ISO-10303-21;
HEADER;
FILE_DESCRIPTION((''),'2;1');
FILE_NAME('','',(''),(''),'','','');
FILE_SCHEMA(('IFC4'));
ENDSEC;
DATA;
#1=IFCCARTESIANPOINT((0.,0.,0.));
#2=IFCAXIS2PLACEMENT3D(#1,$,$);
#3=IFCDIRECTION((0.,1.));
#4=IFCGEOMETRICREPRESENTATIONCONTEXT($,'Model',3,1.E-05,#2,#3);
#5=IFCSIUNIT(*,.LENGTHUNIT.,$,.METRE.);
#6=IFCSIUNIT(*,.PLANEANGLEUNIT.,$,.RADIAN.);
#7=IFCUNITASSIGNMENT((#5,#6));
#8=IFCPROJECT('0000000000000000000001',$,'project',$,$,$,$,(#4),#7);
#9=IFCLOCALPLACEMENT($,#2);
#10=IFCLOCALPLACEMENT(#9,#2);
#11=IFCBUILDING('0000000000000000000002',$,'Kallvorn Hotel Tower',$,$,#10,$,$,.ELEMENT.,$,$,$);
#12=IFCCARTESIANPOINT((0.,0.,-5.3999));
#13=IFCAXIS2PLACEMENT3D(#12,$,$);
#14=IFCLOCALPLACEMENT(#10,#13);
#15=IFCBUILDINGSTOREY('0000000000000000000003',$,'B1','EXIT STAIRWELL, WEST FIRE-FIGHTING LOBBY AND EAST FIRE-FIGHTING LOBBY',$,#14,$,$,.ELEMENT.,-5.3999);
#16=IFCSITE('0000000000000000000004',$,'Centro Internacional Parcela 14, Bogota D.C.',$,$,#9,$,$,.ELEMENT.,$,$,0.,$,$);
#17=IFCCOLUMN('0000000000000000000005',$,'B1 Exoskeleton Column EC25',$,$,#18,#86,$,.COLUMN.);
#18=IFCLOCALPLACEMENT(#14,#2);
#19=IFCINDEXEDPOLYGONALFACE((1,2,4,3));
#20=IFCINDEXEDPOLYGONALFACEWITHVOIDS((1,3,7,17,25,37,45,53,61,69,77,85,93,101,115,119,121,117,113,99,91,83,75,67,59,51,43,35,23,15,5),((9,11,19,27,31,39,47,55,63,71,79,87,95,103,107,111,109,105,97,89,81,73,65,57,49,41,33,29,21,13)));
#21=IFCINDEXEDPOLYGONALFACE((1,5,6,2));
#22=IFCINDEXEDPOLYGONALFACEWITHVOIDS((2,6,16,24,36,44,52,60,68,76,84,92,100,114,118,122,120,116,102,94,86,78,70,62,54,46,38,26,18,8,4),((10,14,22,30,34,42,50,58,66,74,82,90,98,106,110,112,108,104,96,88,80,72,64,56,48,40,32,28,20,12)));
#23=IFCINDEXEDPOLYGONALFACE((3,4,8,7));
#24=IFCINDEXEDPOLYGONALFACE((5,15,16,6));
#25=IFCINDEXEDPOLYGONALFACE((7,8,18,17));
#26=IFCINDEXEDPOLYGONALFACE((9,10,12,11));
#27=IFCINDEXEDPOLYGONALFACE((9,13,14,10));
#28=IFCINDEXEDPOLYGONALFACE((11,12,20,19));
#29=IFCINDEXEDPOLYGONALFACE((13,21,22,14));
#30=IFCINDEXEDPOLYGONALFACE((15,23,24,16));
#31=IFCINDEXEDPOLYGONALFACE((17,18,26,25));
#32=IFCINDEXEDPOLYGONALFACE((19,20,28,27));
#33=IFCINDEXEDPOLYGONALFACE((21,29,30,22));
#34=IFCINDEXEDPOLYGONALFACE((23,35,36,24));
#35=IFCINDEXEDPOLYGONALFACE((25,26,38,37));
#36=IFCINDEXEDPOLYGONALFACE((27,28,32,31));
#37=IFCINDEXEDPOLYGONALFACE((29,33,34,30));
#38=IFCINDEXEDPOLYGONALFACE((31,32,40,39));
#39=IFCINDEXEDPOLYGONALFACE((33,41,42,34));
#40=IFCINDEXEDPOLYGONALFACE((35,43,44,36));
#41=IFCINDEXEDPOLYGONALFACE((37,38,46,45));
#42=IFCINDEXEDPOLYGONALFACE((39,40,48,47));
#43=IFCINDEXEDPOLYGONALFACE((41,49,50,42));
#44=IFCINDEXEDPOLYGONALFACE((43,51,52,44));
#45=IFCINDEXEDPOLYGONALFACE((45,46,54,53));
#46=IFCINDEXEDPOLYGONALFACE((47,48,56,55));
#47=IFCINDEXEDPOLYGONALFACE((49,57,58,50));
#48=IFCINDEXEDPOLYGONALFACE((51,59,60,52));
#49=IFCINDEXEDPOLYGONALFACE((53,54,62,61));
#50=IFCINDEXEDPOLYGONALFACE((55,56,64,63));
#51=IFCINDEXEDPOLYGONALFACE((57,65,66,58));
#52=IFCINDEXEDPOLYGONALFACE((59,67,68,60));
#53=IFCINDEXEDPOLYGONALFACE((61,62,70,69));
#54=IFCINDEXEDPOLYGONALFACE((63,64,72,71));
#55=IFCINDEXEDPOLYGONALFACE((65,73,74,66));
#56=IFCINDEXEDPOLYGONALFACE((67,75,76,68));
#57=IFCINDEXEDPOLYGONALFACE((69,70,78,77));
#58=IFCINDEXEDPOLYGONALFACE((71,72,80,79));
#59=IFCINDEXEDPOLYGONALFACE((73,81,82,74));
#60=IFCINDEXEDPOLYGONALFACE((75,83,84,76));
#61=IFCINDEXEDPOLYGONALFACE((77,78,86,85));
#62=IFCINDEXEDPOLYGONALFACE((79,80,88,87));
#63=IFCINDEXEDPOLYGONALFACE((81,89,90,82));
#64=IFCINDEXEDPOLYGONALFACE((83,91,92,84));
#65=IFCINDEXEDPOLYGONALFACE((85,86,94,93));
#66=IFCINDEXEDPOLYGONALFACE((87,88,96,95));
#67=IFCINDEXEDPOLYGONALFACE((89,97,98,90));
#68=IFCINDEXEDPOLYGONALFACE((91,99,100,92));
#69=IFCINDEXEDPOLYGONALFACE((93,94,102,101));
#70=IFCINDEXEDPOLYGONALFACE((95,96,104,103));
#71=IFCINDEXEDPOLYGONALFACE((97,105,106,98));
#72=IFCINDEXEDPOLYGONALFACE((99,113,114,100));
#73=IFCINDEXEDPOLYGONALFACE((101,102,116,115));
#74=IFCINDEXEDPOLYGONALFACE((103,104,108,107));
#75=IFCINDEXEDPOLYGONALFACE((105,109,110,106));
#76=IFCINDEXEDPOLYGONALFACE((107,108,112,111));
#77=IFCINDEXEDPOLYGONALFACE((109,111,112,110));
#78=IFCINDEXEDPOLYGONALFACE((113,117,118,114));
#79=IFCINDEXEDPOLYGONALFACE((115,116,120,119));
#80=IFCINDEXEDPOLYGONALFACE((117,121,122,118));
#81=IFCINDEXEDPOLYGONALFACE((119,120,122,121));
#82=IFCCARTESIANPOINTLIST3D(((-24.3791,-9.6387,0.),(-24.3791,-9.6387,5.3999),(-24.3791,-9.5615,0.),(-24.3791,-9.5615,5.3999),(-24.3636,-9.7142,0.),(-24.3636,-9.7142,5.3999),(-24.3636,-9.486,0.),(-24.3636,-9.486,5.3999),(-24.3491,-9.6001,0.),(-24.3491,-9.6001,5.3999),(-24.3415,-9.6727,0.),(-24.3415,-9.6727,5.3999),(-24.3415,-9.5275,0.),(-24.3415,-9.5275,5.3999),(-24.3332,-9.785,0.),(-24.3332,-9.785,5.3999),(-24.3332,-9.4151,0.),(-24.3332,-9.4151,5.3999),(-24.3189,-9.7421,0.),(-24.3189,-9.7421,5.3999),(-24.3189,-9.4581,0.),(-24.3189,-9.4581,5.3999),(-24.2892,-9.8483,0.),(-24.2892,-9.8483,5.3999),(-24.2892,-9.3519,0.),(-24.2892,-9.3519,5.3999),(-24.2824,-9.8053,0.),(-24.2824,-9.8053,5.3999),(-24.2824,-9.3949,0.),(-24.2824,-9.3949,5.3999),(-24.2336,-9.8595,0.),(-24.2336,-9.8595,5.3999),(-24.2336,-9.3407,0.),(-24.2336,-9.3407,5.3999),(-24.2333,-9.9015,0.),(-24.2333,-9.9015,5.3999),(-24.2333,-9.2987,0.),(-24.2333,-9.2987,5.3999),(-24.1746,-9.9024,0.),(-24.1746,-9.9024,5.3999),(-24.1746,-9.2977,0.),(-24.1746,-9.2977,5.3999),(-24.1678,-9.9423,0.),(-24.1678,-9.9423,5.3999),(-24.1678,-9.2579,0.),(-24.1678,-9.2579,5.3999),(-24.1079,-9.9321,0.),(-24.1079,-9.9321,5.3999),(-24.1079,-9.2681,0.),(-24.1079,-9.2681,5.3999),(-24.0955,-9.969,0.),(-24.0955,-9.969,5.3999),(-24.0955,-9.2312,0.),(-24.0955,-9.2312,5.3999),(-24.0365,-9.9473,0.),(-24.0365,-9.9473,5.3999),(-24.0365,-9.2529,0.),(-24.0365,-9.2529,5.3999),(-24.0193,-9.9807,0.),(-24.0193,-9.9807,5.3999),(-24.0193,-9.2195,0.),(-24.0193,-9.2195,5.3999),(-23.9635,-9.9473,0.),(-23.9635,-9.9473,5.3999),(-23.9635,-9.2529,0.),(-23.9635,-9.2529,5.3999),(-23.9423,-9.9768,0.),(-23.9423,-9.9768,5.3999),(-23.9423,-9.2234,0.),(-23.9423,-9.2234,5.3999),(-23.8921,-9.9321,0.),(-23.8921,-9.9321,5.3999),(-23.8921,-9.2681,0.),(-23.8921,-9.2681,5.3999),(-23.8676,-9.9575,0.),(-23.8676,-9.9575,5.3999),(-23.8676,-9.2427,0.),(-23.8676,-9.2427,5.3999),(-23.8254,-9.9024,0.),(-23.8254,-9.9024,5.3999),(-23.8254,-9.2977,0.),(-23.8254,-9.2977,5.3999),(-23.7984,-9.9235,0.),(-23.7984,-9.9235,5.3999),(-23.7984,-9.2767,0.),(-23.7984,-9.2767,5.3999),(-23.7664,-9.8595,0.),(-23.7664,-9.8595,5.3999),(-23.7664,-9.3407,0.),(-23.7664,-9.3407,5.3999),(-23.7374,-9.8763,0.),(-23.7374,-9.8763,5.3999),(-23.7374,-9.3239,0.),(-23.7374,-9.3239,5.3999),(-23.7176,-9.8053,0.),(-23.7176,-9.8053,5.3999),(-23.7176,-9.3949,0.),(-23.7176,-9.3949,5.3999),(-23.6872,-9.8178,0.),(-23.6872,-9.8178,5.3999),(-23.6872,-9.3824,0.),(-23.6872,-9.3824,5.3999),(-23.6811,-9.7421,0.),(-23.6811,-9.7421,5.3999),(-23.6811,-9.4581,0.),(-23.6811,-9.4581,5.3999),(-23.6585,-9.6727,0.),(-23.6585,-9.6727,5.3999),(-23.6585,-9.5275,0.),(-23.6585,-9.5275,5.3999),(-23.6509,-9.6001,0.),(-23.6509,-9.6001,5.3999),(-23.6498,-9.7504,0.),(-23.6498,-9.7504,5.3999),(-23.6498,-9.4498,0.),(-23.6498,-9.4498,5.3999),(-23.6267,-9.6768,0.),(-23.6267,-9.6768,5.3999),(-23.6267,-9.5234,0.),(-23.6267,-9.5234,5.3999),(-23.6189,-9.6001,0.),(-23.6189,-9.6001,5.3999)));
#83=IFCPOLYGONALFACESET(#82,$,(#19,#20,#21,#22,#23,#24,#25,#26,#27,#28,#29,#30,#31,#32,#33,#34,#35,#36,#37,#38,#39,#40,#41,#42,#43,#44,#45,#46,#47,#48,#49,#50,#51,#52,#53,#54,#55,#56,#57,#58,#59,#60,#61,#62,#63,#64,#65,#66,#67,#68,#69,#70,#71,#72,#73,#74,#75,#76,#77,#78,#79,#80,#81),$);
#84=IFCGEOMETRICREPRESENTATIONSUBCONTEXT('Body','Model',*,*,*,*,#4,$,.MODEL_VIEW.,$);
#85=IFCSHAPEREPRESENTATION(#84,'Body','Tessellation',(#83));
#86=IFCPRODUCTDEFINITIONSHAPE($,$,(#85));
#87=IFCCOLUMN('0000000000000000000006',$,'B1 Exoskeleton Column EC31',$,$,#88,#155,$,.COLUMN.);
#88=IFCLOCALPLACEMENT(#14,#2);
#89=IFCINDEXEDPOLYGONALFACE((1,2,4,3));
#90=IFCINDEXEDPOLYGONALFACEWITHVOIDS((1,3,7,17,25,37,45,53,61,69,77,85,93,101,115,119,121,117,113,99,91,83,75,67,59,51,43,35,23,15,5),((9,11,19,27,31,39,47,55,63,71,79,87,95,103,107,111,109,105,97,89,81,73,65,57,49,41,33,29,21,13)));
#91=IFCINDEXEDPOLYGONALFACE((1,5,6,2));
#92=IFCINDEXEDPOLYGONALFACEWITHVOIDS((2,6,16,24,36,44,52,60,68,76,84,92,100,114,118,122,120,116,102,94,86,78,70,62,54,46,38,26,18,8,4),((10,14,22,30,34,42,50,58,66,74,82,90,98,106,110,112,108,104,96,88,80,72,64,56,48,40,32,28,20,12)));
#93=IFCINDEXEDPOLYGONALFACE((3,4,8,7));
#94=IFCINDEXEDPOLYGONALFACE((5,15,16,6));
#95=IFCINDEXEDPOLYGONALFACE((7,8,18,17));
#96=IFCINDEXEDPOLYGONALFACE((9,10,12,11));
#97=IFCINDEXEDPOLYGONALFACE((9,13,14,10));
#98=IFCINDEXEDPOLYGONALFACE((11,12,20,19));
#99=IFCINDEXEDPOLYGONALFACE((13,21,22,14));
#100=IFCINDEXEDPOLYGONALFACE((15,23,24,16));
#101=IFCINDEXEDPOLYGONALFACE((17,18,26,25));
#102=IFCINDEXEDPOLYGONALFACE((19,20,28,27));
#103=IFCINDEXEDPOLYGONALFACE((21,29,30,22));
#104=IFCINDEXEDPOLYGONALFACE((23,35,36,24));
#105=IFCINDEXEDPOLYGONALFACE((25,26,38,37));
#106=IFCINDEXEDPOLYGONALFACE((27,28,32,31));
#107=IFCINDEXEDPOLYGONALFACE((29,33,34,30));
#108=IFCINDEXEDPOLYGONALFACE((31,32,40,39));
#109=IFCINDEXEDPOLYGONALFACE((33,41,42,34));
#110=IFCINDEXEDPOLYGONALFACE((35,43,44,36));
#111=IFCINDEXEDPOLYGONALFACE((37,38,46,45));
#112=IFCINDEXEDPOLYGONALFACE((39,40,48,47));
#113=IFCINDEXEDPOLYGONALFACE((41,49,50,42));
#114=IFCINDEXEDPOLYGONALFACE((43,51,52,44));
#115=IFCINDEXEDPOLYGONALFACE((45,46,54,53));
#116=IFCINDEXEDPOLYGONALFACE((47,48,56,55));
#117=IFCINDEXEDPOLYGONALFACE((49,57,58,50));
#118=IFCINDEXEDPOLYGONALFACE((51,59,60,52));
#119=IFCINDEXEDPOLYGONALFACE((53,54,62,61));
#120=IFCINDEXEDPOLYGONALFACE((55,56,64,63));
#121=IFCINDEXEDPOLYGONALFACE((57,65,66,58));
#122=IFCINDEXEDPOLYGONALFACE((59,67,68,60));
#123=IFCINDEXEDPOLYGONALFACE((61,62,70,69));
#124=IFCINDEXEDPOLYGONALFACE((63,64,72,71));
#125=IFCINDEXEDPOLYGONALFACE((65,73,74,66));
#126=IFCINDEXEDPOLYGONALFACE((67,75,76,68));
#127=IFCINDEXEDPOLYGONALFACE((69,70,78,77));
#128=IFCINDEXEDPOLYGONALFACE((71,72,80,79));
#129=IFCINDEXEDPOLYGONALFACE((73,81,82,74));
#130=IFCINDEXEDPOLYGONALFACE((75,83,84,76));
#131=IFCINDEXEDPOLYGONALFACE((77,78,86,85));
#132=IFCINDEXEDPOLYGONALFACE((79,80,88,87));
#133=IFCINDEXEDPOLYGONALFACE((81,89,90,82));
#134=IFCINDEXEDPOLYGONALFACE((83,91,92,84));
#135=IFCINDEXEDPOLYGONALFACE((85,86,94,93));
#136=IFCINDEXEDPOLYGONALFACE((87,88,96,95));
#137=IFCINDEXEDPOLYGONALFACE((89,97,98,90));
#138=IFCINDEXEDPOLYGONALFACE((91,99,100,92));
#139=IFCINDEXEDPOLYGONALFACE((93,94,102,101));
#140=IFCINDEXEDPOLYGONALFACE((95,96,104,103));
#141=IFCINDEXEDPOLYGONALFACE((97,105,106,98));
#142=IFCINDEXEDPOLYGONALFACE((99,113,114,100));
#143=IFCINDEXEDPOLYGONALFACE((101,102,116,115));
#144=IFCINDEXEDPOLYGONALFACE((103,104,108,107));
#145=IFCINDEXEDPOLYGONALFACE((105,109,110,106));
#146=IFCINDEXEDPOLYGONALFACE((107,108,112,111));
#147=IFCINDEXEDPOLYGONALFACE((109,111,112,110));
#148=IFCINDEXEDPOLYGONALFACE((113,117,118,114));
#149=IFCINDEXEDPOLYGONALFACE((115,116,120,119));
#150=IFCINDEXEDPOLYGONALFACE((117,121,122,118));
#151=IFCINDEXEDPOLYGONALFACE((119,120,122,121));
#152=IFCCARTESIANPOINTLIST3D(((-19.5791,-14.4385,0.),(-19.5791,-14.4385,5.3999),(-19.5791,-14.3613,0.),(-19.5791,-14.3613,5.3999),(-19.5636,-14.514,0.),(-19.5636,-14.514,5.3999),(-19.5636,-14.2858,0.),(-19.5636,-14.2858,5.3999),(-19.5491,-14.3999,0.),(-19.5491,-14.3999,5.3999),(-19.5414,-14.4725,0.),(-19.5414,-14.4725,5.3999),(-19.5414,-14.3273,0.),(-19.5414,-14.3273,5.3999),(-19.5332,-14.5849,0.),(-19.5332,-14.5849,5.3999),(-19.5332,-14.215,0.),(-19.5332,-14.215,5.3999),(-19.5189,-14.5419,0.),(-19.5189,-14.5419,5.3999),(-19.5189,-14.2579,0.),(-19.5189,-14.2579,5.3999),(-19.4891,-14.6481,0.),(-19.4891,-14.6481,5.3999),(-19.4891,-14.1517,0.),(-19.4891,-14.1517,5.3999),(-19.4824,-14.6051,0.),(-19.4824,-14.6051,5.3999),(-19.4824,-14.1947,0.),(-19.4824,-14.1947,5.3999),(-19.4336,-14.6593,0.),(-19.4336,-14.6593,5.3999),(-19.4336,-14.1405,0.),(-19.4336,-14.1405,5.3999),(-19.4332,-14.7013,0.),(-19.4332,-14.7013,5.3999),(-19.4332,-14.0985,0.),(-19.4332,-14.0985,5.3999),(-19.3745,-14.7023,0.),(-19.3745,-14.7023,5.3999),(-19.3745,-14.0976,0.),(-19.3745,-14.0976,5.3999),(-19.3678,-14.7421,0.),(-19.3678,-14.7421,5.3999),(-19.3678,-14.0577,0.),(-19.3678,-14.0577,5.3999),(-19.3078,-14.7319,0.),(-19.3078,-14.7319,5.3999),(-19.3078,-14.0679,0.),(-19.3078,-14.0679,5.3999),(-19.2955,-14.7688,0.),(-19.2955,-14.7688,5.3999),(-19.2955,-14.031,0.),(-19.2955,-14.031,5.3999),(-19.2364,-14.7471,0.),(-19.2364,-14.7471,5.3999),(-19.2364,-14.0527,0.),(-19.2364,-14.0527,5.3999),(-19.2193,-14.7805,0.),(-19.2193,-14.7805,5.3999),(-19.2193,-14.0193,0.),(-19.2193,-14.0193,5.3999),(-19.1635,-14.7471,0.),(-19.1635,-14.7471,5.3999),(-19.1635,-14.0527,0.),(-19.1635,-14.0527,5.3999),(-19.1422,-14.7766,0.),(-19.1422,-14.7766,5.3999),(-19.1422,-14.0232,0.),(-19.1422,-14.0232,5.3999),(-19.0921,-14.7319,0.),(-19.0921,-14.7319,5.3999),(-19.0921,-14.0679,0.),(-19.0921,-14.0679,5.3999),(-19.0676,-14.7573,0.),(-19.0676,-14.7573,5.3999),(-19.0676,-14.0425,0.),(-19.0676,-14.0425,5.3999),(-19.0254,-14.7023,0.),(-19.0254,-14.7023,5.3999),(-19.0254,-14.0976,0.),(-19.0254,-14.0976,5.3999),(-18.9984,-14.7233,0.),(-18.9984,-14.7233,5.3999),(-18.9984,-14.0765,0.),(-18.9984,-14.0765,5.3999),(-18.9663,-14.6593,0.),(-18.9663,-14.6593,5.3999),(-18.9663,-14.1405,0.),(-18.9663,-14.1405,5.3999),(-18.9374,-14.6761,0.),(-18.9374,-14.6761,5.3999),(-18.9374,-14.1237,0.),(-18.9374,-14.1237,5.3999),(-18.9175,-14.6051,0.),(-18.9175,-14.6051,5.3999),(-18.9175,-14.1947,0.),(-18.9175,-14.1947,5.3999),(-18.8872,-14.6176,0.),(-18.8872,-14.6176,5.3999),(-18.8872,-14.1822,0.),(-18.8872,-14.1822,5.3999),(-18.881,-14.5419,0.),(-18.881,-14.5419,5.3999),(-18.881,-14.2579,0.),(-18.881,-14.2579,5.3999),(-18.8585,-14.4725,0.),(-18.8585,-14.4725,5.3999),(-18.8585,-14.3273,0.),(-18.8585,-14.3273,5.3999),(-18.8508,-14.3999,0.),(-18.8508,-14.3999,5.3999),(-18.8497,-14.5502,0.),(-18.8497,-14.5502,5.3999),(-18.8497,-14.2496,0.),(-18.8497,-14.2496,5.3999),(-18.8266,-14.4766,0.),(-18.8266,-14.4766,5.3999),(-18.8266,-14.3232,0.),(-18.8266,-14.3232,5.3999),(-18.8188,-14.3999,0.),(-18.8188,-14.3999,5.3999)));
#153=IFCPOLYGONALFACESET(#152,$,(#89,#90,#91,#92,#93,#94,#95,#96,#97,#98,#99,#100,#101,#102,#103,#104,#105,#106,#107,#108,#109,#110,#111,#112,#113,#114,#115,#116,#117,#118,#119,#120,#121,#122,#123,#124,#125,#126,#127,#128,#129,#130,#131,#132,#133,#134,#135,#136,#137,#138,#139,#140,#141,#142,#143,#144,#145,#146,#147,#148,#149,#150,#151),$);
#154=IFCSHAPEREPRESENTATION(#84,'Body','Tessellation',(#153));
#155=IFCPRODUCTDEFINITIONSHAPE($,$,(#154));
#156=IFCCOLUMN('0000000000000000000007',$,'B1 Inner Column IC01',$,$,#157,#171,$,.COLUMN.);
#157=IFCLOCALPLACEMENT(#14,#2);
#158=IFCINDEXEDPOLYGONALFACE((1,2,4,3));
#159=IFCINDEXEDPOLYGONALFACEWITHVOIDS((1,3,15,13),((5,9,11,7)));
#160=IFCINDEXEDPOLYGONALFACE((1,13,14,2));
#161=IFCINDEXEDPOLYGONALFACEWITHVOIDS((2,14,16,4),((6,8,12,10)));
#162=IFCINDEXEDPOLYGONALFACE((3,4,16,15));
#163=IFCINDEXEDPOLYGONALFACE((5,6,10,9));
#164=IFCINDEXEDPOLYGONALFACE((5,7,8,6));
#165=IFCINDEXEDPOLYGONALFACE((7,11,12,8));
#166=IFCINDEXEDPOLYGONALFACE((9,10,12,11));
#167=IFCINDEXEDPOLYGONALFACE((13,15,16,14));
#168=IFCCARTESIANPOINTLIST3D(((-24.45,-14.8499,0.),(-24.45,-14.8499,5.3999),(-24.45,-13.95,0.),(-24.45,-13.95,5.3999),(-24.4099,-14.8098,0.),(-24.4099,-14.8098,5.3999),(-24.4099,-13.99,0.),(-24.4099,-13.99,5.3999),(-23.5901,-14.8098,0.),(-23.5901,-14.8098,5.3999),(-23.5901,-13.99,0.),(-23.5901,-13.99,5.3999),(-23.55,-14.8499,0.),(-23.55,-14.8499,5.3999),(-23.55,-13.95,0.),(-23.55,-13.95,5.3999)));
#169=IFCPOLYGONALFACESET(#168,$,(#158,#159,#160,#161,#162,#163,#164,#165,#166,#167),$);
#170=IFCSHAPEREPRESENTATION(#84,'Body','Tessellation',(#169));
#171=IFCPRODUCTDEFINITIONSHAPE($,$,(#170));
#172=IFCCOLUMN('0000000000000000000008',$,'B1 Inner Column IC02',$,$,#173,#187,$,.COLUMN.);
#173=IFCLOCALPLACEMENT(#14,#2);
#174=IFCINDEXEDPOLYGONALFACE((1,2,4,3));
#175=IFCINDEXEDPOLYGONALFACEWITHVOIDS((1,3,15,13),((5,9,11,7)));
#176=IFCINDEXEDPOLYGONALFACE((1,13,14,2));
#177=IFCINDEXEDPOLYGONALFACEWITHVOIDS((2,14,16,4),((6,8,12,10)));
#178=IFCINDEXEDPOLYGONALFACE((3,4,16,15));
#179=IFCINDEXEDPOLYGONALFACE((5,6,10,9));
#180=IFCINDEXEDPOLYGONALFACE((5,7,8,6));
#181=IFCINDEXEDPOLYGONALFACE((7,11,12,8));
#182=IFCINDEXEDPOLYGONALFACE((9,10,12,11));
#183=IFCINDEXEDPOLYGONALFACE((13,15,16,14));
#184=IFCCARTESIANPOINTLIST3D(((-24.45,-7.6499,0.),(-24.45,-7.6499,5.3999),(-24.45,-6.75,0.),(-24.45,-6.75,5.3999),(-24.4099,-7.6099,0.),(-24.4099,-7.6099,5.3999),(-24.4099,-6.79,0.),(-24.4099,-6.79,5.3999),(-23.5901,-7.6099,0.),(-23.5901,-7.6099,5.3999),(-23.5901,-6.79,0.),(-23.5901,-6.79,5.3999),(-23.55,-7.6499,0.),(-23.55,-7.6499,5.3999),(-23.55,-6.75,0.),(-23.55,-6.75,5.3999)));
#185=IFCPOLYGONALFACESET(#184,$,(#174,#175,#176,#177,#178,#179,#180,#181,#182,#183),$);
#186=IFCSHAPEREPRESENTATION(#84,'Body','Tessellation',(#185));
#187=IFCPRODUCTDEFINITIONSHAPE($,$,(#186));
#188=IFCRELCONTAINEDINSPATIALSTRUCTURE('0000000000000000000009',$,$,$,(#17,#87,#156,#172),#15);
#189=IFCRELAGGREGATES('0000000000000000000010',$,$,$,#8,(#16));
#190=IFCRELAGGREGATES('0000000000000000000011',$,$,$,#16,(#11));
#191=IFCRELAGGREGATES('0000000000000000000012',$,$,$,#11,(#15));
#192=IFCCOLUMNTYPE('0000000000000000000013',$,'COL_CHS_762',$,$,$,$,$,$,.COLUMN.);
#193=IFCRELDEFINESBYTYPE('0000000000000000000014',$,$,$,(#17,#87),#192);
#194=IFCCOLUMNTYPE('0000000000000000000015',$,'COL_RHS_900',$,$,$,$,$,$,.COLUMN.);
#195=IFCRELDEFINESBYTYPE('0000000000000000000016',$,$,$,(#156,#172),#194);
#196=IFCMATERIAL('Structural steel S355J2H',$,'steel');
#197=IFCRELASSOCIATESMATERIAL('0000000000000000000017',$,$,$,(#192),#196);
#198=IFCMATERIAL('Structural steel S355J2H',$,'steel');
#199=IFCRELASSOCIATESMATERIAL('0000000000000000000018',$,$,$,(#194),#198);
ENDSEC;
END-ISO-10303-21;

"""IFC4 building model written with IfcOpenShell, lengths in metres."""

from ifc_helpers import new_model, si_unit, direction, frame, origin, origin_2d, place, context, subcontext, project, spatial, hollow_rectangle, hollow_circle, extrude, material, material_profile, profile_set, type_object, element, save


model = new_model("IFC4")

# Units and contexts
model_context = context("Model", 3, precision=1e-05, world=origin(), true_north=direction((0.0, 1.0)))
body_context = subcontext(model_context, "Body", "Model", "MODEL_VIEW")
ifc_project = project(units=[si_unit("LENGTHUNIT", "METRE"), si_unit("PLANEANGLEUNIT", "RADIAN")], contexts=[model_context])

# Site, building, storey
site_placement = place(None, origin())
site = spatial("IfcSite", under=ifc_project, at=site_placement, Name="Centro Internacional Parcela 14, Bogota D.C.", CompositionType="ELEMENT", RefElevation=0.0)
building_placement = place(site_placement, origin())
building = spatial("IfcBuilding", under=site, at=building_placement, Name="Kallvorn Hotel Tower", CompositionType="ELEMENT")
storey_placement = place(building_placement, frame((0.0, 0.0, -5.3999)))
storey = spatial("IfcBuildingStorey", under=building, at=storey_placement, Name="B1", Description="EXIT STAIRWELL, WEST FIRE-FIGHTING LOBBY AND EAST FIRE-FIGHTING LOBBY", CompositionType="ELEMENT", Elevation=-5.3999)

# Columns
ifc_material_1 = material(Name="Structural steel S355J2H", Category="steel")
ifc_material_profile_1 = material_profile(ifc_material_1, hollow_circle(Radius=0.3811, WallThickness=0.032, at=origin_2d()), Name="CHS 762x32")
ifc_profile_set_1 = profile_set([ifc_material_profile_1], Name="Structural steel S355J2H")
column_type_1 = type_object("IfcColumnType", Name="COL_CHS_762", PredefinedType="COLUMN", material=ifc_profile_set_1)
for number, where, z_axis, x_axis, name in (
    (1, (-24.0, -9.6001, 0.0), (0.0, 0.0, 1.0), (1.0, 0.0, 0.0), "B1 Exoskeleton Column EC25"),
    (2, (-19.2, -14.3999, 0.0), (0.0, 0.0, 1.0), (1.0, 0.0, 0.0), "B1 Exoskeleton Column EC31"),
):
    element("IfcColumn", number, at=place(storey_placement, frame(where, z_axis=z_axis, x_axis=x_axis)), inside=storey, type_object=column_type_1, Name=name, PredefinedType="COLUMN", context=body_context, shape_type="SweptSolid", body=[
        extrude(hollow_circle(Radius=0.3811, WallThickness=0.032, at=origin_2d()), origin(), (0.0, 0.0, 1.0), 5.3999),
    ])
ifc_material_2 = material(Name="Structural steel S355J2H", Category="steel")
ifc_material_profile_2 = material_profile(ifc_material_2, hollow_rectangle(XDim=0.8999, YDim=0.8999, WallThickness=0.04, at=origin_2d()), Name="RHS 900x900x40")
ifc_profile_set_2 = profile_set([ifc_material_profile_2], Name="Structural steel S355J2H")
column_type_2 = type_object("IfcColumnType", Name="COL_RHS_900", PredefinedType="COLUMN", material=ifc_profile_set_2)
for number, where, z_axis, x_axis, name in (
    (3, (-24.0, -14.3999, 0.0), (0.0, 0.0, 1.0), (1.0, 0.0, 0.0), "B1 Inner Column IC01"),
    (4, (-24.0, -7.2, 0.0), (0.0, 0.0, 1.0), (1.0, 0.0, 0.0), "B1 Inner Column IC02"),
):
    element("IfcColumn", number, at=place(storey_placement, frame(where, z_axis=z_axis, x_axis=x_axis)), inside=storey, type_object=column_type_2, Name=name, PredefinedType="COLUMN", context=body_context, shape_type="SweptSolid", body=[
        extrude(hollow_rectangle(XDim=0.8999, YDim=0.8999, WallThickness=0.04, at=origin_2d()), origin(), (0.0, 0.0, 1.0), 5.3999),
    ])

save(model, "model.ifc")
